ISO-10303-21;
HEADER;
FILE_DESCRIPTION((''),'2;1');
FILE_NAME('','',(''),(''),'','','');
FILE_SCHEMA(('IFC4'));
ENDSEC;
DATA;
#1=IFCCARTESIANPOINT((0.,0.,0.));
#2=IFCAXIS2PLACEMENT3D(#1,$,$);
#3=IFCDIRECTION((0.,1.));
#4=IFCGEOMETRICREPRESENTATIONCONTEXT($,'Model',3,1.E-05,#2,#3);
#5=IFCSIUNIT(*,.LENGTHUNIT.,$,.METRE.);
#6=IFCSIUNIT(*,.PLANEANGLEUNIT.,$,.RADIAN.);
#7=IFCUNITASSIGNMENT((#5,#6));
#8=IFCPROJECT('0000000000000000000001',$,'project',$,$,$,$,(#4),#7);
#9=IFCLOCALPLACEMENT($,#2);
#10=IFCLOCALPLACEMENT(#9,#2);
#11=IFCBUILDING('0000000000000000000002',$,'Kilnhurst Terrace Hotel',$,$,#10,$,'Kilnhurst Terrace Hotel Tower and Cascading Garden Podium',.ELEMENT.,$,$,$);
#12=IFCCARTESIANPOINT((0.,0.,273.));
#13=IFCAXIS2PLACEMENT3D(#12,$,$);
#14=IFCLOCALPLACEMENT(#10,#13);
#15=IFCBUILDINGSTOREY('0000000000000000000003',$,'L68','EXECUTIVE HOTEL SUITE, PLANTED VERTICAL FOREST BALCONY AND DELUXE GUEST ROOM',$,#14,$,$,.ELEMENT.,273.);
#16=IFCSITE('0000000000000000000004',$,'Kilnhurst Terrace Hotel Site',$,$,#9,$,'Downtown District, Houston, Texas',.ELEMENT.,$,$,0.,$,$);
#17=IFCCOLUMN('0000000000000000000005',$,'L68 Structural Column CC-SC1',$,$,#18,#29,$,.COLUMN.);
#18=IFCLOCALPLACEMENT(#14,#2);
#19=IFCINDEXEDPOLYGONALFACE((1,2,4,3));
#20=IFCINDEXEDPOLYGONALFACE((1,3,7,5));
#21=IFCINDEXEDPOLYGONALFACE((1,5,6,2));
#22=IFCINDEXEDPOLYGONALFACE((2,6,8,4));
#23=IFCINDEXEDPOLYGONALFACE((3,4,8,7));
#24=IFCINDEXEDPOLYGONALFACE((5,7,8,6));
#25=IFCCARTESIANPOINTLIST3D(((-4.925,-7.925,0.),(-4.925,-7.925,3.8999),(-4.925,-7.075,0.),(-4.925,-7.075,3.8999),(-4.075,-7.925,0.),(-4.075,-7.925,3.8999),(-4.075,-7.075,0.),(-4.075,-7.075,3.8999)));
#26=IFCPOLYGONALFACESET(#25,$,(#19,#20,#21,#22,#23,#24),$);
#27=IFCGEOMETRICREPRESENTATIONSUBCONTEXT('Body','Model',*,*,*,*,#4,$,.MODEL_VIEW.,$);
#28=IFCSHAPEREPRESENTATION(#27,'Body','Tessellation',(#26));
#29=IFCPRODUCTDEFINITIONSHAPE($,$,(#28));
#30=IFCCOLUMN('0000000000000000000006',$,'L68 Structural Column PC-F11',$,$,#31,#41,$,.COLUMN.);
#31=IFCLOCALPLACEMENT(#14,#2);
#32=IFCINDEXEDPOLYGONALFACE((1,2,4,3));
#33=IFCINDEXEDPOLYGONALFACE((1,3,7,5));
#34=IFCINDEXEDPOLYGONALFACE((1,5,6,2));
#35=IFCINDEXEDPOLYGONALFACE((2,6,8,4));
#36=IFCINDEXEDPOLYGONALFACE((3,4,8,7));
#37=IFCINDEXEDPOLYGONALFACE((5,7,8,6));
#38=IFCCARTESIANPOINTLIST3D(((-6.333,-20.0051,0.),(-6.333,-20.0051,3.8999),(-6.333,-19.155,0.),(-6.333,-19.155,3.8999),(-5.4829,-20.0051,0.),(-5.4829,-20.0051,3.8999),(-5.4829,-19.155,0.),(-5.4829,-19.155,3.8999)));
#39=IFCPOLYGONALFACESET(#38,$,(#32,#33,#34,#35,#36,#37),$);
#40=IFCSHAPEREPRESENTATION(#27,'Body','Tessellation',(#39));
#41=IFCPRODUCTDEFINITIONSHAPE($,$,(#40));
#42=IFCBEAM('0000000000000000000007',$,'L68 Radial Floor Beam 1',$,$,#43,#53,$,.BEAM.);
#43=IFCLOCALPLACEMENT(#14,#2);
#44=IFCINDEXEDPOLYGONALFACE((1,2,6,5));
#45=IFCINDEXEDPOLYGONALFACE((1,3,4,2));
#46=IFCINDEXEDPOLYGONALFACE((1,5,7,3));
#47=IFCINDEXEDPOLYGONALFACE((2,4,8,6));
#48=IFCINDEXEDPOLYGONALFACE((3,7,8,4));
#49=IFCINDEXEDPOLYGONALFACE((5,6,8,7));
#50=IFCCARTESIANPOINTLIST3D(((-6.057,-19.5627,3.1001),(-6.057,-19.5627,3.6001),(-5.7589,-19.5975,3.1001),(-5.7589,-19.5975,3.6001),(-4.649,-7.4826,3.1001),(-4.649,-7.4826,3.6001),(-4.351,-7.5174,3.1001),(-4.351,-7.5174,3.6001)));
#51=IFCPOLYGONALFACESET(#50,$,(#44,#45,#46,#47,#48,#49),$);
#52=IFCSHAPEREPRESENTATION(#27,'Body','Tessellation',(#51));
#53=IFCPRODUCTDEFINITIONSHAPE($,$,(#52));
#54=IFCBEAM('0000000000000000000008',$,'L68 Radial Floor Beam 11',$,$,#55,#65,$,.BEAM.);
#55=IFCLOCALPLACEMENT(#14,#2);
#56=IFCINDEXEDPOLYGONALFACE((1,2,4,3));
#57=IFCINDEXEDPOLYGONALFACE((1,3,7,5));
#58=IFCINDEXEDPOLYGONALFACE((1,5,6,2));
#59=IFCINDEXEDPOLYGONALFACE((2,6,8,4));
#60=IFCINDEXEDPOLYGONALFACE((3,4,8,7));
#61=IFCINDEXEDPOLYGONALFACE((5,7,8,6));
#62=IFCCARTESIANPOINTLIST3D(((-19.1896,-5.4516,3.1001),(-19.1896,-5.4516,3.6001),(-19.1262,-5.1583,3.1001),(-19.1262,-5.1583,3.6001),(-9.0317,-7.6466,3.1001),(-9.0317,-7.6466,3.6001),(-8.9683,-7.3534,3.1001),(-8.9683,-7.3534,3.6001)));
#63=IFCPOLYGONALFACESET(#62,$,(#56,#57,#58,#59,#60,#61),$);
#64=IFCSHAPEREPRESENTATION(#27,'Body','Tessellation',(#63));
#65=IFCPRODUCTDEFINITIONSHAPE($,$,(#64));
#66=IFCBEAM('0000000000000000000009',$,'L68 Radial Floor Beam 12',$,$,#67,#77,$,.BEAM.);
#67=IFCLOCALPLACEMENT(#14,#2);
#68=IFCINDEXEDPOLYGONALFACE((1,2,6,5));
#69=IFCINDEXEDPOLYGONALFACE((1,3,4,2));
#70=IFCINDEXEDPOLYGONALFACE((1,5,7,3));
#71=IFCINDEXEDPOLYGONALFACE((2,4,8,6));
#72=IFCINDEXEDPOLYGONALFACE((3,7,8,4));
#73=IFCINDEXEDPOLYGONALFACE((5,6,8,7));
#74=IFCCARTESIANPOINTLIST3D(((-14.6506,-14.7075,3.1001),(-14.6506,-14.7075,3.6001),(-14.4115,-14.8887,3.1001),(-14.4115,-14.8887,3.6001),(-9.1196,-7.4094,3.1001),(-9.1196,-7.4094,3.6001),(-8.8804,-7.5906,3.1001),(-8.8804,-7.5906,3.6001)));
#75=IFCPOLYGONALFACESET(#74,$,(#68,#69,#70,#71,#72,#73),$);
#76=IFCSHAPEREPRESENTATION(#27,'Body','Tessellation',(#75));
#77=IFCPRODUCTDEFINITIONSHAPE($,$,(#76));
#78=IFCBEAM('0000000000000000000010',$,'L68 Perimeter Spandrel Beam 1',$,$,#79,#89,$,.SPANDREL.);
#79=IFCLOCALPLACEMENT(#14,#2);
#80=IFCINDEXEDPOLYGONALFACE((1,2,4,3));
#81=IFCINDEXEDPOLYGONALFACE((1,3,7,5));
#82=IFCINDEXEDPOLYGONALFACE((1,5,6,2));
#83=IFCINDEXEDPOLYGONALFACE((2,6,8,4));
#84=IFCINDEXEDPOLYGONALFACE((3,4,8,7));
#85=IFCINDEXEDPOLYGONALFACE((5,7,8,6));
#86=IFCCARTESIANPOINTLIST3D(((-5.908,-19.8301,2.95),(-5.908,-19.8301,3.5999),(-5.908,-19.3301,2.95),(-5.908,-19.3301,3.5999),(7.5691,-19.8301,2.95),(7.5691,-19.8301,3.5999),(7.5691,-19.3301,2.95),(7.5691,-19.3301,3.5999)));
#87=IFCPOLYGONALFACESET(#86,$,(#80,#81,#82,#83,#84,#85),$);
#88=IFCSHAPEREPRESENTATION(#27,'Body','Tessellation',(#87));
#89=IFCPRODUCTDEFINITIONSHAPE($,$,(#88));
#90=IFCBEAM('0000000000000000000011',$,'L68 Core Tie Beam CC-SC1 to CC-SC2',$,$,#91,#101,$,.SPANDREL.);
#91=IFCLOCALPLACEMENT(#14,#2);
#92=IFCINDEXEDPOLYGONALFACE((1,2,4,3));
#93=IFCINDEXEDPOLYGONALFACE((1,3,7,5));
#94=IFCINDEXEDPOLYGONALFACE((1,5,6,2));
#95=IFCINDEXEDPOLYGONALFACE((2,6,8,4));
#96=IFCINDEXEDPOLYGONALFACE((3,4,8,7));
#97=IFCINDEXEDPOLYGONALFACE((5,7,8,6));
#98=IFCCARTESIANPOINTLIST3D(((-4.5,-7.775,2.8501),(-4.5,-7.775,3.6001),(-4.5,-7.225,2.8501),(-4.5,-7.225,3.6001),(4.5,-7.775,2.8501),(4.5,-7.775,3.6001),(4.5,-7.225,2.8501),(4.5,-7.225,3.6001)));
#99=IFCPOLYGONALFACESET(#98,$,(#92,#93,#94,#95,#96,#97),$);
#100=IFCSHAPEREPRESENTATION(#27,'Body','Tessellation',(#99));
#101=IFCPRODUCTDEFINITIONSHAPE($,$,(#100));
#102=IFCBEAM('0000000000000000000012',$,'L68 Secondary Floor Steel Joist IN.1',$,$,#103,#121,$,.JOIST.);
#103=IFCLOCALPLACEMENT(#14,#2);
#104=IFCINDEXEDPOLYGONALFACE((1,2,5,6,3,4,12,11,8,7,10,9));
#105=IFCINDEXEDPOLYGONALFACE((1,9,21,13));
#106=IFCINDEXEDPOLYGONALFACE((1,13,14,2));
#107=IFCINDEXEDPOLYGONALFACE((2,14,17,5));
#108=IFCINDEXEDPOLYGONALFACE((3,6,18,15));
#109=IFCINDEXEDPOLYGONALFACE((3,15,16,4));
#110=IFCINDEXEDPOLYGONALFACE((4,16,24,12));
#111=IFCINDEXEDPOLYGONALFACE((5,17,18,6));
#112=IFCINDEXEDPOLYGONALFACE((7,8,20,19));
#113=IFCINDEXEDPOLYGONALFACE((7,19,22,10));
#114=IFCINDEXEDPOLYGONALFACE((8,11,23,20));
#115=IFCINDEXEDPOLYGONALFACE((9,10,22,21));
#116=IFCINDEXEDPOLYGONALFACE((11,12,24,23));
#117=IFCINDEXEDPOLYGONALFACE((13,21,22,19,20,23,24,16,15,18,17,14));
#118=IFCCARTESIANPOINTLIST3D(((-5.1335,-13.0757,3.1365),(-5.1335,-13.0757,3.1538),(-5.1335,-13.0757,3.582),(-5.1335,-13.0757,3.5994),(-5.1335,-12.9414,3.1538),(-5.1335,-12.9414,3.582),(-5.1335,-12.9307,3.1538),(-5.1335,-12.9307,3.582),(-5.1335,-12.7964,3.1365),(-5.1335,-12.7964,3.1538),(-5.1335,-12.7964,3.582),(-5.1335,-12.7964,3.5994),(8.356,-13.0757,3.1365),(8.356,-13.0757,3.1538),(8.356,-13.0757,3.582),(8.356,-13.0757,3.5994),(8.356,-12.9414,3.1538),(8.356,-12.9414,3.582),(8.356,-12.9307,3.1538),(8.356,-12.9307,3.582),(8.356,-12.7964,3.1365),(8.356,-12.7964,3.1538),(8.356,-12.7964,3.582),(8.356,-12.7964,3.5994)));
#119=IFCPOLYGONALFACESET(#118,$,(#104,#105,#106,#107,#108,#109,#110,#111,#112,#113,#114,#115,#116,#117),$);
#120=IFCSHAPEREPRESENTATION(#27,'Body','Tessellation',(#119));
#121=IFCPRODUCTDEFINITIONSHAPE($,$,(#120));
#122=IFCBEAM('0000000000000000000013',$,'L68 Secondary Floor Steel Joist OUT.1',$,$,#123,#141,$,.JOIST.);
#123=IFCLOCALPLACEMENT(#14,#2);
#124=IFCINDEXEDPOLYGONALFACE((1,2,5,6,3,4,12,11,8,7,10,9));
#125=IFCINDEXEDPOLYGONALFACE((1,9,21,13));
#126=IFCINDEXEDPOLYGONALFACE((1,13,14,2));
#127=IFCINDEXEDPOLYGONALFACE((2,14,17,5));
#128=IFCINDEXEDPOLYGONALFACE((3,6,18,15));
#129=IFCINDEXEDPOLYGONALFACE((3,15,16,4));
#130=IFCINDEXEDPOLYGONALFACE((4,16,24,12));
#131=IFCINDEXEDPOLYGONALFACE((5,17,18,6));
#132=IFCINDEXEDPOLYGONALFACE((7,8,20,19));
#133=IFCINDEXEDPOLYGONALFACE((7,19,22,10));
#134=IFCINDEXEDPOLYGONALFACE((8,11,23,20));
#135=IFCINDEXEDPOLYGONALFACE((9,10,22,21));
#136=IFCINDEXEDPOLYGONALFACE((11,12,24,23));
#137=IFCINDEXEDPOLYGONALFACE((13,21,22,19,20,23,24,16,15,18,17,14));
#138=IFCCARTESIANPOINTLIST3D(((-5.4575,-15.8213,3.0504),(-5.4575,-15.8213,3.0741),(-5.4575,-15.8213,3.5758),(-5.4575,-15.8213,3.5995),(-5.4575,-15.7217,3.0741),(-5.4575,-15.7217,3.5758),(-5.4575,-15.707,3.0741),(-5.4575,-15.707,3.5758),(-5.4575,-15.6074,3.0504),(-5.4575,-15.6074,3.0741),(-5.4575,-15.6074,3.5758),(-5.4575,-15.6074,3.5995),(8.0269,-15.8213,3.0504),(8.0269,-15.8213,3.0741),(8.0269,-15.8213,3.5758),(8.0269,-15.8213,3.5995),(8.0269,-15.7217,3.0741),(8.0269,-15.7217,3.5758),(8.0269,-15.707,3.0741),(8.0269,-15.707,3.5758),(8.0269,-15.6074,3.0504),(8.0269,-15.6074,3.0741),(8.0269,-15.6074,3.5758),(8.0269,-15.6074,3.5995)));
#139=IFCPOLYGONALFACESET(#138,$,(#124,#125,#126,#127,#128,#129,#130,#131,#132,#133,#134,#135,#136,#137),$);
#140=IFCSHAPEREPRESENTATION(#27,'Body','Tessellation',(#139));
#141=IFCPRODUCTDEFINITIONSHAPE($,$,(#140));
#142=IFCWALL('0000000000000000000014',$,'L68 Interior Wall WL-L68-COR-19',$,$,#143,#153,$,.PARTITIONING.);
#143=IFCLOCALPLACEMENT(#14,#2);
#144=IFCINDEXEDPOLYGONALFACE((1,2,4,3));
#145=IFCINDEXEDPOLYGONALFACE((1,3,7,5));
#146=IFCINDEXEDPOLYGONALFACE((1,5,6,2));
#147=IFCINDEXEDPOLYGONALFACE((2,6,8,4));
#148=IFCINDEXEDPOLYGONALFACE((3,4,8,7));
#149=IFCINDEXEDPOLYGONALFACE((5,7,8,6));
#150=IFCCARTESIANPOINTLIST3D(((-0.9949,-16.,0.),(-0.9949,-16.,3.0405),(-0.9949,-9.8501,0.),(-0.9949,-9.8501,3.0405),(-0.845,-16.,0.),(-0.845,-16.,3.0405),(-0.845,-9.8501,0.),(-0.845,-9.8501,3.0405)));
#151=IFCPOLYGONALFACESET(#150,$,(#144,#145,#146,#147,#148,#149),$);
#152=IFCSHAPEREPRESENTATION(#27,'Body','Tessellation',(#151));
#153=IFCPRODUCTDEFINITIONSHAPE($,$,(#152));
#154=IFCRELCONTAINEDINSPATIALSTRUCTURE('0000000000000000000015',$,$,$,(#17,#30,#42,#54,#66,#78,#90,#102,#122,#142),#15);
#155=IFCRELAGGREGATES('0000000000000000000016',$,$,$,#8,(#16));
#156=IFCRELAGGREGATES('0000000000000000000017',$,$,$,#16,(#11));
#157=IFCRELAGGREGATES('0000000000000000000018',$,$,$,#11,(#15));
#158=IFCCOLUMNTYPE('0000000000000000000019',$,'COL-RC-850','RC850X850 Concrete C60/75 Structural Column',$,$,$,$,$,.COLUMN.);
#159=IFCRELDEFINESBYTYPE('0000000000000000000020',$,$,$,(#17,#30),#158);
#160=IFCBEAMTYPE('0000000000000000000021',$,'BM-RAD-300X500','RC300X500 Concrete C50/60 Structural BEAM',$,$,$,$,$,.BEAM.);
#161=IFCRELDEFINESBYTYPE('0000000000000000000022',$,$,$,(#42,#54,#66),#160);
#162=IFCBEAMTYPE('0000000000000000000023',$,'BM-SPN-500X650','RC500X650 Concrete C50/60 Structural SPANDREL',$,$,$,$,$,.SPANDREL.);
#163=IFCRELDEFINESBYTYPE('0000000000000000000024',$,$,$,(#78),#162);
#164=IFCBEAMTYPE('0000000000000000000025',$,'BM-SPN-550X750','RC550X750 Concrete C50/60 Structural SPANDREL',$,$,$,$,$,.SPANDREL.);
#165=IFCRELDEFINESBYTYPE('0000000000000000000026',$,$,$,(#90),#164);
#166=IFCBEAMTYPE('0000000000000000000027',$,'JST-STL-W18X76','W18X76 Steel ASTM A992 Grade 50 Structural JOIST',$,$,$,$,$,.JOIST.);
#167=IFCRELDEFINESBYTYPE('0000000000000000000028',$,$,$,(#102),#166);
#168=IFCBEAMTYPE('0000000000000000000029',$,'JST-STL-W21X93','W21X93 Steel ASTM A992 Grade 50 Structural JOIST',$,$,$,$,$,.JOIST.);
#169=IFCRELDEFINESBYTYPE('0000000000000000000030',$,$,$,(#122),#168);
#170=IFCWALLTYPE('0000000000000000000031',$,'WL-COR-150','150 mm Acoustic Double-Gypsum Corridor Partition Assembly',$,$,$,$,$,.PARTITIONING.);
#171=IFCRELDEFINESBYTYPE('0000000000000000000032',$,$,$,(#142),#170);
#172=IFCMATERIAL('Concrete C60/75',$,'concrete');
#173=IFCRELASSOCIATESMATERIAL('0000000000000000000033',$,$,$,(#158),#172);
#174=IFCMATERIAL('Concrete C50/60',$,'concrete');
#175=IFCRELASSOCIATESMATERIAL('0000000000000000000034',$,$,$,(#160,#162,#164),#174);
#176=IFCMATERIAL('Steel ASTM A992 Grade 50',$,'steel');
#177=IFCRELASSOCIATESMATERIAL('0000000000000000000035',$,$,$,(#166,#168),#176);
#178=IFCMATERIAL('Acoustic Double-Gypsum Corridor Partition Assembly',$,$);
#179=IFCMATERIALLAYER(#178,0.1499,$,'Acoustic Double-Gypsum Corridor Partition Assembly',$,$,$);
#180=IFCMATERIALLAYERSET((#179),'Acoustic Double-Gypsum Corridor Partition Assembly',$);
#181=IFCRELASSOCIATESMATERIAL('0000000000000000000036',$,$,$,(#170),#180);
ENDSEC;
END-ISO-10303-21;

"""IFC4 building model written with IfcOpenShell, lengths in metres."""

from ifc_helpers import new_model, si_unit, direction, frame, frame_2d, origin, origin_2d, place, context, subcontext, project, spatial, rectangle, i_section, extrude, material, layer, layer_set, material_profile, profile_set, type_object, element, save


model = new_model("IFC4")

# Units and contexts
model_context = context("Model", 3, precision=1e-05, world=origin(), true_north=direction((0.0, 1.0)))
body_context = subcontext(model_context, "Body", "Model", "MODEL_VIEW")
ifc_project = project(units=[si_unit("LENGTHUNIT", "METRE"), si_unit("PLANEANGLEUNIT", "RADIAN")], contexts=[model_context])

# Site, building, storey
site_placement = place(None, origin())
site = spatial("IfcSite", under=ifc_project, at=site_placement, Name="Kilnhurst Terrace Hotel Site", LongName="Downtown District, Houston, Texas", CompositionType="ELEMENT", RefElevation=0.0)
building_placement = place(site_placement, origin())
building = spatial("IfcBuilding", under=site, at=building_placement, Name="Kilnhurst Terrace Hotel", LongName="Kilnhurst Terrace Hotel Tower and Cascading Garden Podium", CompositionType="ELEMENT")
storey_placement = place(building_placement, frame((0.0, 0.0, 273.0)))
storey = spatial("IfcBuildingStorey", under=building, at=storey_placement, Name="L68", Description="EXECUTIVE HOTEL SUITE, PLANTED VERTICAL FOREST BALCONY AND DELUXE GUEST ROOM", CompositionType="ELEMENT", Elevation=273.0)

# Columns
ifc_material_1 = material(Name="Concrete C60/75", Category="concrete")
ifc_material_profile_1 = material_profile(ifc_material_1, rectangle(XDim=0.8501, YDim=0.8501, at=origin_2d()), Name="RC850X850")
ifc_profile_set_1 = profile_set([ifc_material_profile_1], Name="Concrete C60/75")
column_type = type_object("IfcColumnType", Name="COL-RC-850", Description="RC850X850 Concrete C60/75 Structural Column", PredefinedType="COLUMN", material=ifc_profile_set_1)
for number, where, z_axis, x_axis, name in (
    (1, (-4.5, -7.5, 0.0), (0.0, 0.0, 1.0), (1.0, 0.0, 0.0), "L68 Structural Column CC-SC1"),
    (2, (-5.908, -19.5801, 0.0), (0.0, 0.0, 1.0), (1.0, 0.0, 0.0), "L68 Structural Column PC-F11"),
):
    element("IfcColumn", number, at=place(storey_placement, frame(where, z_axis=z_axis, x_axis=x_axis)), inside=storey, type_object=column_type, Name=name, PredefinedType="COLUMN", context=body_context, shape_type="SweptSolid", body=[
        extrude(rectangle(XDim=0.8501, YDim=0.8501, at=origin_2d()), origin(), (0.0, 0.0, 1.0), 3.8999),
    ])

# Beams
ifc_material_2 = material(Name="Concrete C50/60", Category="concrete")
ifc_material_profile_2 = material_profile(ifc_material_2, rectangle(XDim=0.3, YDim=0.5, at=origin_2d()), Name="RC300X500")
ifc_profile_set_2 = profile_set([ifc_material_profile_2], Name="Concrete C50/60")
beam_type_1 = type_object("IfcBeamType", Name="BM-RAD-300X500", Description="RC300X500 Concrete C50/60 Structural BEAM", PredefinedType="BEAM", material=ifc_profile_set_2)
beam_1_placement = place(storey_placement, frame((-4.5, -7.5, 3.3501), z_axis=(-0.115768, -0.993276, 0.0), x_axis=(0.993276, -0.115768, 0.0)))
element("IfcBeam", 3, at=beam_1_placement, inside=storey, type_object=beam_type_1, Name="L68 Radial Floor Beam 1", PredefinedType="BEAM", context=body_context, shape_type="SweptSolid", body=[
    extrude(rectangle(XDim=0.3, YDim=0.5, at=origin_2d()), origin(), (0.0, 0.0, 1.0), 12.1619),
])
beam_2_placement = place(storey_placement, frame((-9.0, -7.5, 3.3501), z_axis=(-0.977439, 0.211218, 0.0), x_axis=(-0.211218, -0.977439, 0.0)))
element("IfcBeam", 4, at=beam_2_placement, inside=storey, type_object=beam_type_1, Name="L68 Radial Floor Beam 11", PredefinedType="BEAM", context=body_context, shape_type="SweptSolid", body=[
    extrude(rectangle(XDim=0.3, YDim=0.5, at=origin_2d()), origin(), (0.0, 0.0, 1.0), 10.3923),
])
beam_3_placement = place(storey_placement, frame((-9.0, -7.5, 3.3501), z_axis=(-0.604007, -0.796979, 0.0), x_axis=(0.796979, -0.604007, 0.0)))
element("IfcBeam", 5, at=beam_3_placement, inside=storey, type_object=beam_type_1, Name="L68 Radial Floor Beam 12", PredefinedType="BEAM", context=body_context, shape_type="SweptSolid", body=[
    extrude(rectangle(XDim=0.3, YDim=0.5, at=origin_2d()), origin(), (0.0, 0.0, 1.0), 9.1572),
])
ifc_material_profile_3 = material_profile(ifc_material_2, rectangle(XDim=0.5, YDim=0.6499, at=origin_2d()), Name="RC500X650")
ifc_profile_set_3 = profile_set([ifc_material_profile_3], Name="Concrete C50/60")
beam_type_2 = type_object("IfcBeamType", Name="BM-SPN-500X650", Description="RC500X650 Concrete C50/60 Structural SPANDREL", PredefinedType="SPANDREL", material=ifc_profile_set_3)
beam_4_placement = place(storey_placement, frame((-5.908, -19.5801, 3.2749), z_axis=(1.0, 0.0, 0.0), x_axis=(0.0, 1.0, 0.0)))
element("IfcBeam", 6, at=beam_4_placement, inside=storey, type_object=beam_type_2, Name="L68 Perimeter Spandrel Beam 1", PredefinedType="SPANDREL", context=body_context, shape_type="SweptSolid", body=[
    extrude(rectangle(XDim=0.5, YDim=0.6499, at=origin_2d()), origin(), (0.0, 0.0, 1.0), 13.4771),
])
ifc_material_profile_4 = material_profile(ifc_material_2, rectangle(XDim=0.55, YDim=0.75, at=origin_2d()), Name="RC550X750")
ifc_profile_set_4 = profile_set([ifc_material_profile_4], Name="Concrete C50/60")
beam_type_3 = type_object("IfcBeamType", Name="BM-SPN-550X750", Description="RC550X750 Concrete C50/60 Structural SPANDREL", PredefinedType="SPANDREL", material=ifc_profile_set_4)
beam_5_placement = place(storey_placement, frame((-4.5, -7.5, 3.2251), z_axis=(1.0, 0.0, 0.0), x_axis=(0.0, 1.0, 0.0)))
element("IfcBeam", 7, at=beam_5_placement, inside=storey, type_object=beam_type_3, Name="L68 Core Tie Beam CC-SC1 to CC-SC2", PredefinedType="SPANDREL", context=body_context, shape_type="SweptSolid", body=[
    extrude(rectangle(XDim=0.55, YDim=0.75, at=origin_2d()), origin(), (0.0, 0.0, 1.0), 9.0),
])
ifc_material_3 = material(Name="Steel ASTM A992 Grade 50", Category="steel")
ifc_material_profile_5 = material_profile(ifc_material_3, i_section(OverallWidth=0.2793, OverallDepth=0.4629, WebThickness=0.0107, FlangeThickness=0.0173, at=origin_2d()), Name="W18X76")
ifc_profile_set_5 = profile_set([ifc_material_profile_5], Name="Steel ASTM A992 Grade 50")
beam_type_4 = type_object("IfcBeamType", Name="JST-STL-W18X76", Description="W18X76 Steel ASTM A992 Grade 50 Structural JOIST", PredefinedType="JOIST", material=ifc_profile_set_5)
beam_6_placement = place(storey_placement, frame((-5.1335, -12.936, 3.3679), z_axis=(1.0, 0.0, 0.0), x_axis=(0.0, 1.0, 0.0)))
element("IfcBeam", 8, at=beam_6_placement, inside=storey, type_object=beam_type_4, Name="L68 Secondary Floor Steel Joist IN.1", PredefinedType="JOIST", context=body_context, shape_type="SweptSolid", body=[
    extrude(i_section(OverallWidth=0.2793, OverallDepth=0.4629, WebThickness=0.0107, FlangeThickness=0.0173, at=origin_2d()), origin(), (0.0, 0.0, 1.0), 13.4895),
])
ifc_material_profile_6 = material_profile(ifc_material_3, i_section(OverallWidth=0.2139, OverallDepth=0.5491, WebThickness=0.0146, FlangeThickness=0.0237, at=origin_2d()), Name="W21X93")
ifc_profile_set_6 = profile_set([ifc_material_profile_6], Name="Steel ASTM A992 Grade 50")
beam_type_5 = type_object("IfcBeamType", Name="JST-STL-W21X93", Description="W21X93 Steel ASTM A992 Grade 50 Structural JOIST", PredefinedType="JOIST", material=ifc_profile_set_6)
beam_7_placement = place(storey_placement, frame((-5.4575, -15.7144, 3.325), z_axis=(1.0, 0.0, 0.0), x_axis=(0.0, 1.0, 0.0)))
element("IfcBeam", 9, at=beam_7_placement, inside=storey, type_object=beam_type_5, Name="L68 Secondary Floor Steel Joist OUT.1", PredefinedType="JOIST", context=body_context, shape_type="SweptSolid", body=[
    extrude(i_section(OverallWidth=0.2139, OverallDepth=0.5491, WebThickness=0.0146, FlangeThickness=0.0237, at=origin_2d()), origin(), (0.0, 0.0, 1.0), 13.4844),
])

# Wall
ifc_material_4 = material(Name="Acoustic Double-Gypsum Corridor Partition Assembly")
ifc_layer_1 = layer(ifc_material_4, 0.1499, Name="Acoustic Double-Gypsum Corridor Partition Assembly")
ifc_layer_set_1 = layer_set([ifc_layer_1], Name="Acoustic Double-Gypsum Corridor Partition Assembly")
wall_type_1 = type_object("IfcWallType", Name="WL-COR-150", Description="150 mm Acoustic Double-Gypsum Corridor Partition Assembly", PredefinedType="PARTITIONING", material=ifc_layer_set_1)
wall_1_placement = place(storey_placement, frame((-0.9199, -16.0, 0.0), z_axis=(0.0, 0.0, 1.0), x_axis=(0.0, 1.0, 0.0)))
element("IfcWall", 10, at=wall_1_placement, inside=storey, type_object=wall_type_1, Name="L68 Interior Wall WL-L68-COR-19", PredefinedType="PARTITIONING", context=body_context, shape_type="SweptSolid", body=[
    extrude(rectangle(XDim=6.1499, YDim=0.1499, at=frame_2d((3.075, 0.0))), origin(), (0.0, 0.0, 1.0), 3.0405),
])

save(model, "model.ifc")
